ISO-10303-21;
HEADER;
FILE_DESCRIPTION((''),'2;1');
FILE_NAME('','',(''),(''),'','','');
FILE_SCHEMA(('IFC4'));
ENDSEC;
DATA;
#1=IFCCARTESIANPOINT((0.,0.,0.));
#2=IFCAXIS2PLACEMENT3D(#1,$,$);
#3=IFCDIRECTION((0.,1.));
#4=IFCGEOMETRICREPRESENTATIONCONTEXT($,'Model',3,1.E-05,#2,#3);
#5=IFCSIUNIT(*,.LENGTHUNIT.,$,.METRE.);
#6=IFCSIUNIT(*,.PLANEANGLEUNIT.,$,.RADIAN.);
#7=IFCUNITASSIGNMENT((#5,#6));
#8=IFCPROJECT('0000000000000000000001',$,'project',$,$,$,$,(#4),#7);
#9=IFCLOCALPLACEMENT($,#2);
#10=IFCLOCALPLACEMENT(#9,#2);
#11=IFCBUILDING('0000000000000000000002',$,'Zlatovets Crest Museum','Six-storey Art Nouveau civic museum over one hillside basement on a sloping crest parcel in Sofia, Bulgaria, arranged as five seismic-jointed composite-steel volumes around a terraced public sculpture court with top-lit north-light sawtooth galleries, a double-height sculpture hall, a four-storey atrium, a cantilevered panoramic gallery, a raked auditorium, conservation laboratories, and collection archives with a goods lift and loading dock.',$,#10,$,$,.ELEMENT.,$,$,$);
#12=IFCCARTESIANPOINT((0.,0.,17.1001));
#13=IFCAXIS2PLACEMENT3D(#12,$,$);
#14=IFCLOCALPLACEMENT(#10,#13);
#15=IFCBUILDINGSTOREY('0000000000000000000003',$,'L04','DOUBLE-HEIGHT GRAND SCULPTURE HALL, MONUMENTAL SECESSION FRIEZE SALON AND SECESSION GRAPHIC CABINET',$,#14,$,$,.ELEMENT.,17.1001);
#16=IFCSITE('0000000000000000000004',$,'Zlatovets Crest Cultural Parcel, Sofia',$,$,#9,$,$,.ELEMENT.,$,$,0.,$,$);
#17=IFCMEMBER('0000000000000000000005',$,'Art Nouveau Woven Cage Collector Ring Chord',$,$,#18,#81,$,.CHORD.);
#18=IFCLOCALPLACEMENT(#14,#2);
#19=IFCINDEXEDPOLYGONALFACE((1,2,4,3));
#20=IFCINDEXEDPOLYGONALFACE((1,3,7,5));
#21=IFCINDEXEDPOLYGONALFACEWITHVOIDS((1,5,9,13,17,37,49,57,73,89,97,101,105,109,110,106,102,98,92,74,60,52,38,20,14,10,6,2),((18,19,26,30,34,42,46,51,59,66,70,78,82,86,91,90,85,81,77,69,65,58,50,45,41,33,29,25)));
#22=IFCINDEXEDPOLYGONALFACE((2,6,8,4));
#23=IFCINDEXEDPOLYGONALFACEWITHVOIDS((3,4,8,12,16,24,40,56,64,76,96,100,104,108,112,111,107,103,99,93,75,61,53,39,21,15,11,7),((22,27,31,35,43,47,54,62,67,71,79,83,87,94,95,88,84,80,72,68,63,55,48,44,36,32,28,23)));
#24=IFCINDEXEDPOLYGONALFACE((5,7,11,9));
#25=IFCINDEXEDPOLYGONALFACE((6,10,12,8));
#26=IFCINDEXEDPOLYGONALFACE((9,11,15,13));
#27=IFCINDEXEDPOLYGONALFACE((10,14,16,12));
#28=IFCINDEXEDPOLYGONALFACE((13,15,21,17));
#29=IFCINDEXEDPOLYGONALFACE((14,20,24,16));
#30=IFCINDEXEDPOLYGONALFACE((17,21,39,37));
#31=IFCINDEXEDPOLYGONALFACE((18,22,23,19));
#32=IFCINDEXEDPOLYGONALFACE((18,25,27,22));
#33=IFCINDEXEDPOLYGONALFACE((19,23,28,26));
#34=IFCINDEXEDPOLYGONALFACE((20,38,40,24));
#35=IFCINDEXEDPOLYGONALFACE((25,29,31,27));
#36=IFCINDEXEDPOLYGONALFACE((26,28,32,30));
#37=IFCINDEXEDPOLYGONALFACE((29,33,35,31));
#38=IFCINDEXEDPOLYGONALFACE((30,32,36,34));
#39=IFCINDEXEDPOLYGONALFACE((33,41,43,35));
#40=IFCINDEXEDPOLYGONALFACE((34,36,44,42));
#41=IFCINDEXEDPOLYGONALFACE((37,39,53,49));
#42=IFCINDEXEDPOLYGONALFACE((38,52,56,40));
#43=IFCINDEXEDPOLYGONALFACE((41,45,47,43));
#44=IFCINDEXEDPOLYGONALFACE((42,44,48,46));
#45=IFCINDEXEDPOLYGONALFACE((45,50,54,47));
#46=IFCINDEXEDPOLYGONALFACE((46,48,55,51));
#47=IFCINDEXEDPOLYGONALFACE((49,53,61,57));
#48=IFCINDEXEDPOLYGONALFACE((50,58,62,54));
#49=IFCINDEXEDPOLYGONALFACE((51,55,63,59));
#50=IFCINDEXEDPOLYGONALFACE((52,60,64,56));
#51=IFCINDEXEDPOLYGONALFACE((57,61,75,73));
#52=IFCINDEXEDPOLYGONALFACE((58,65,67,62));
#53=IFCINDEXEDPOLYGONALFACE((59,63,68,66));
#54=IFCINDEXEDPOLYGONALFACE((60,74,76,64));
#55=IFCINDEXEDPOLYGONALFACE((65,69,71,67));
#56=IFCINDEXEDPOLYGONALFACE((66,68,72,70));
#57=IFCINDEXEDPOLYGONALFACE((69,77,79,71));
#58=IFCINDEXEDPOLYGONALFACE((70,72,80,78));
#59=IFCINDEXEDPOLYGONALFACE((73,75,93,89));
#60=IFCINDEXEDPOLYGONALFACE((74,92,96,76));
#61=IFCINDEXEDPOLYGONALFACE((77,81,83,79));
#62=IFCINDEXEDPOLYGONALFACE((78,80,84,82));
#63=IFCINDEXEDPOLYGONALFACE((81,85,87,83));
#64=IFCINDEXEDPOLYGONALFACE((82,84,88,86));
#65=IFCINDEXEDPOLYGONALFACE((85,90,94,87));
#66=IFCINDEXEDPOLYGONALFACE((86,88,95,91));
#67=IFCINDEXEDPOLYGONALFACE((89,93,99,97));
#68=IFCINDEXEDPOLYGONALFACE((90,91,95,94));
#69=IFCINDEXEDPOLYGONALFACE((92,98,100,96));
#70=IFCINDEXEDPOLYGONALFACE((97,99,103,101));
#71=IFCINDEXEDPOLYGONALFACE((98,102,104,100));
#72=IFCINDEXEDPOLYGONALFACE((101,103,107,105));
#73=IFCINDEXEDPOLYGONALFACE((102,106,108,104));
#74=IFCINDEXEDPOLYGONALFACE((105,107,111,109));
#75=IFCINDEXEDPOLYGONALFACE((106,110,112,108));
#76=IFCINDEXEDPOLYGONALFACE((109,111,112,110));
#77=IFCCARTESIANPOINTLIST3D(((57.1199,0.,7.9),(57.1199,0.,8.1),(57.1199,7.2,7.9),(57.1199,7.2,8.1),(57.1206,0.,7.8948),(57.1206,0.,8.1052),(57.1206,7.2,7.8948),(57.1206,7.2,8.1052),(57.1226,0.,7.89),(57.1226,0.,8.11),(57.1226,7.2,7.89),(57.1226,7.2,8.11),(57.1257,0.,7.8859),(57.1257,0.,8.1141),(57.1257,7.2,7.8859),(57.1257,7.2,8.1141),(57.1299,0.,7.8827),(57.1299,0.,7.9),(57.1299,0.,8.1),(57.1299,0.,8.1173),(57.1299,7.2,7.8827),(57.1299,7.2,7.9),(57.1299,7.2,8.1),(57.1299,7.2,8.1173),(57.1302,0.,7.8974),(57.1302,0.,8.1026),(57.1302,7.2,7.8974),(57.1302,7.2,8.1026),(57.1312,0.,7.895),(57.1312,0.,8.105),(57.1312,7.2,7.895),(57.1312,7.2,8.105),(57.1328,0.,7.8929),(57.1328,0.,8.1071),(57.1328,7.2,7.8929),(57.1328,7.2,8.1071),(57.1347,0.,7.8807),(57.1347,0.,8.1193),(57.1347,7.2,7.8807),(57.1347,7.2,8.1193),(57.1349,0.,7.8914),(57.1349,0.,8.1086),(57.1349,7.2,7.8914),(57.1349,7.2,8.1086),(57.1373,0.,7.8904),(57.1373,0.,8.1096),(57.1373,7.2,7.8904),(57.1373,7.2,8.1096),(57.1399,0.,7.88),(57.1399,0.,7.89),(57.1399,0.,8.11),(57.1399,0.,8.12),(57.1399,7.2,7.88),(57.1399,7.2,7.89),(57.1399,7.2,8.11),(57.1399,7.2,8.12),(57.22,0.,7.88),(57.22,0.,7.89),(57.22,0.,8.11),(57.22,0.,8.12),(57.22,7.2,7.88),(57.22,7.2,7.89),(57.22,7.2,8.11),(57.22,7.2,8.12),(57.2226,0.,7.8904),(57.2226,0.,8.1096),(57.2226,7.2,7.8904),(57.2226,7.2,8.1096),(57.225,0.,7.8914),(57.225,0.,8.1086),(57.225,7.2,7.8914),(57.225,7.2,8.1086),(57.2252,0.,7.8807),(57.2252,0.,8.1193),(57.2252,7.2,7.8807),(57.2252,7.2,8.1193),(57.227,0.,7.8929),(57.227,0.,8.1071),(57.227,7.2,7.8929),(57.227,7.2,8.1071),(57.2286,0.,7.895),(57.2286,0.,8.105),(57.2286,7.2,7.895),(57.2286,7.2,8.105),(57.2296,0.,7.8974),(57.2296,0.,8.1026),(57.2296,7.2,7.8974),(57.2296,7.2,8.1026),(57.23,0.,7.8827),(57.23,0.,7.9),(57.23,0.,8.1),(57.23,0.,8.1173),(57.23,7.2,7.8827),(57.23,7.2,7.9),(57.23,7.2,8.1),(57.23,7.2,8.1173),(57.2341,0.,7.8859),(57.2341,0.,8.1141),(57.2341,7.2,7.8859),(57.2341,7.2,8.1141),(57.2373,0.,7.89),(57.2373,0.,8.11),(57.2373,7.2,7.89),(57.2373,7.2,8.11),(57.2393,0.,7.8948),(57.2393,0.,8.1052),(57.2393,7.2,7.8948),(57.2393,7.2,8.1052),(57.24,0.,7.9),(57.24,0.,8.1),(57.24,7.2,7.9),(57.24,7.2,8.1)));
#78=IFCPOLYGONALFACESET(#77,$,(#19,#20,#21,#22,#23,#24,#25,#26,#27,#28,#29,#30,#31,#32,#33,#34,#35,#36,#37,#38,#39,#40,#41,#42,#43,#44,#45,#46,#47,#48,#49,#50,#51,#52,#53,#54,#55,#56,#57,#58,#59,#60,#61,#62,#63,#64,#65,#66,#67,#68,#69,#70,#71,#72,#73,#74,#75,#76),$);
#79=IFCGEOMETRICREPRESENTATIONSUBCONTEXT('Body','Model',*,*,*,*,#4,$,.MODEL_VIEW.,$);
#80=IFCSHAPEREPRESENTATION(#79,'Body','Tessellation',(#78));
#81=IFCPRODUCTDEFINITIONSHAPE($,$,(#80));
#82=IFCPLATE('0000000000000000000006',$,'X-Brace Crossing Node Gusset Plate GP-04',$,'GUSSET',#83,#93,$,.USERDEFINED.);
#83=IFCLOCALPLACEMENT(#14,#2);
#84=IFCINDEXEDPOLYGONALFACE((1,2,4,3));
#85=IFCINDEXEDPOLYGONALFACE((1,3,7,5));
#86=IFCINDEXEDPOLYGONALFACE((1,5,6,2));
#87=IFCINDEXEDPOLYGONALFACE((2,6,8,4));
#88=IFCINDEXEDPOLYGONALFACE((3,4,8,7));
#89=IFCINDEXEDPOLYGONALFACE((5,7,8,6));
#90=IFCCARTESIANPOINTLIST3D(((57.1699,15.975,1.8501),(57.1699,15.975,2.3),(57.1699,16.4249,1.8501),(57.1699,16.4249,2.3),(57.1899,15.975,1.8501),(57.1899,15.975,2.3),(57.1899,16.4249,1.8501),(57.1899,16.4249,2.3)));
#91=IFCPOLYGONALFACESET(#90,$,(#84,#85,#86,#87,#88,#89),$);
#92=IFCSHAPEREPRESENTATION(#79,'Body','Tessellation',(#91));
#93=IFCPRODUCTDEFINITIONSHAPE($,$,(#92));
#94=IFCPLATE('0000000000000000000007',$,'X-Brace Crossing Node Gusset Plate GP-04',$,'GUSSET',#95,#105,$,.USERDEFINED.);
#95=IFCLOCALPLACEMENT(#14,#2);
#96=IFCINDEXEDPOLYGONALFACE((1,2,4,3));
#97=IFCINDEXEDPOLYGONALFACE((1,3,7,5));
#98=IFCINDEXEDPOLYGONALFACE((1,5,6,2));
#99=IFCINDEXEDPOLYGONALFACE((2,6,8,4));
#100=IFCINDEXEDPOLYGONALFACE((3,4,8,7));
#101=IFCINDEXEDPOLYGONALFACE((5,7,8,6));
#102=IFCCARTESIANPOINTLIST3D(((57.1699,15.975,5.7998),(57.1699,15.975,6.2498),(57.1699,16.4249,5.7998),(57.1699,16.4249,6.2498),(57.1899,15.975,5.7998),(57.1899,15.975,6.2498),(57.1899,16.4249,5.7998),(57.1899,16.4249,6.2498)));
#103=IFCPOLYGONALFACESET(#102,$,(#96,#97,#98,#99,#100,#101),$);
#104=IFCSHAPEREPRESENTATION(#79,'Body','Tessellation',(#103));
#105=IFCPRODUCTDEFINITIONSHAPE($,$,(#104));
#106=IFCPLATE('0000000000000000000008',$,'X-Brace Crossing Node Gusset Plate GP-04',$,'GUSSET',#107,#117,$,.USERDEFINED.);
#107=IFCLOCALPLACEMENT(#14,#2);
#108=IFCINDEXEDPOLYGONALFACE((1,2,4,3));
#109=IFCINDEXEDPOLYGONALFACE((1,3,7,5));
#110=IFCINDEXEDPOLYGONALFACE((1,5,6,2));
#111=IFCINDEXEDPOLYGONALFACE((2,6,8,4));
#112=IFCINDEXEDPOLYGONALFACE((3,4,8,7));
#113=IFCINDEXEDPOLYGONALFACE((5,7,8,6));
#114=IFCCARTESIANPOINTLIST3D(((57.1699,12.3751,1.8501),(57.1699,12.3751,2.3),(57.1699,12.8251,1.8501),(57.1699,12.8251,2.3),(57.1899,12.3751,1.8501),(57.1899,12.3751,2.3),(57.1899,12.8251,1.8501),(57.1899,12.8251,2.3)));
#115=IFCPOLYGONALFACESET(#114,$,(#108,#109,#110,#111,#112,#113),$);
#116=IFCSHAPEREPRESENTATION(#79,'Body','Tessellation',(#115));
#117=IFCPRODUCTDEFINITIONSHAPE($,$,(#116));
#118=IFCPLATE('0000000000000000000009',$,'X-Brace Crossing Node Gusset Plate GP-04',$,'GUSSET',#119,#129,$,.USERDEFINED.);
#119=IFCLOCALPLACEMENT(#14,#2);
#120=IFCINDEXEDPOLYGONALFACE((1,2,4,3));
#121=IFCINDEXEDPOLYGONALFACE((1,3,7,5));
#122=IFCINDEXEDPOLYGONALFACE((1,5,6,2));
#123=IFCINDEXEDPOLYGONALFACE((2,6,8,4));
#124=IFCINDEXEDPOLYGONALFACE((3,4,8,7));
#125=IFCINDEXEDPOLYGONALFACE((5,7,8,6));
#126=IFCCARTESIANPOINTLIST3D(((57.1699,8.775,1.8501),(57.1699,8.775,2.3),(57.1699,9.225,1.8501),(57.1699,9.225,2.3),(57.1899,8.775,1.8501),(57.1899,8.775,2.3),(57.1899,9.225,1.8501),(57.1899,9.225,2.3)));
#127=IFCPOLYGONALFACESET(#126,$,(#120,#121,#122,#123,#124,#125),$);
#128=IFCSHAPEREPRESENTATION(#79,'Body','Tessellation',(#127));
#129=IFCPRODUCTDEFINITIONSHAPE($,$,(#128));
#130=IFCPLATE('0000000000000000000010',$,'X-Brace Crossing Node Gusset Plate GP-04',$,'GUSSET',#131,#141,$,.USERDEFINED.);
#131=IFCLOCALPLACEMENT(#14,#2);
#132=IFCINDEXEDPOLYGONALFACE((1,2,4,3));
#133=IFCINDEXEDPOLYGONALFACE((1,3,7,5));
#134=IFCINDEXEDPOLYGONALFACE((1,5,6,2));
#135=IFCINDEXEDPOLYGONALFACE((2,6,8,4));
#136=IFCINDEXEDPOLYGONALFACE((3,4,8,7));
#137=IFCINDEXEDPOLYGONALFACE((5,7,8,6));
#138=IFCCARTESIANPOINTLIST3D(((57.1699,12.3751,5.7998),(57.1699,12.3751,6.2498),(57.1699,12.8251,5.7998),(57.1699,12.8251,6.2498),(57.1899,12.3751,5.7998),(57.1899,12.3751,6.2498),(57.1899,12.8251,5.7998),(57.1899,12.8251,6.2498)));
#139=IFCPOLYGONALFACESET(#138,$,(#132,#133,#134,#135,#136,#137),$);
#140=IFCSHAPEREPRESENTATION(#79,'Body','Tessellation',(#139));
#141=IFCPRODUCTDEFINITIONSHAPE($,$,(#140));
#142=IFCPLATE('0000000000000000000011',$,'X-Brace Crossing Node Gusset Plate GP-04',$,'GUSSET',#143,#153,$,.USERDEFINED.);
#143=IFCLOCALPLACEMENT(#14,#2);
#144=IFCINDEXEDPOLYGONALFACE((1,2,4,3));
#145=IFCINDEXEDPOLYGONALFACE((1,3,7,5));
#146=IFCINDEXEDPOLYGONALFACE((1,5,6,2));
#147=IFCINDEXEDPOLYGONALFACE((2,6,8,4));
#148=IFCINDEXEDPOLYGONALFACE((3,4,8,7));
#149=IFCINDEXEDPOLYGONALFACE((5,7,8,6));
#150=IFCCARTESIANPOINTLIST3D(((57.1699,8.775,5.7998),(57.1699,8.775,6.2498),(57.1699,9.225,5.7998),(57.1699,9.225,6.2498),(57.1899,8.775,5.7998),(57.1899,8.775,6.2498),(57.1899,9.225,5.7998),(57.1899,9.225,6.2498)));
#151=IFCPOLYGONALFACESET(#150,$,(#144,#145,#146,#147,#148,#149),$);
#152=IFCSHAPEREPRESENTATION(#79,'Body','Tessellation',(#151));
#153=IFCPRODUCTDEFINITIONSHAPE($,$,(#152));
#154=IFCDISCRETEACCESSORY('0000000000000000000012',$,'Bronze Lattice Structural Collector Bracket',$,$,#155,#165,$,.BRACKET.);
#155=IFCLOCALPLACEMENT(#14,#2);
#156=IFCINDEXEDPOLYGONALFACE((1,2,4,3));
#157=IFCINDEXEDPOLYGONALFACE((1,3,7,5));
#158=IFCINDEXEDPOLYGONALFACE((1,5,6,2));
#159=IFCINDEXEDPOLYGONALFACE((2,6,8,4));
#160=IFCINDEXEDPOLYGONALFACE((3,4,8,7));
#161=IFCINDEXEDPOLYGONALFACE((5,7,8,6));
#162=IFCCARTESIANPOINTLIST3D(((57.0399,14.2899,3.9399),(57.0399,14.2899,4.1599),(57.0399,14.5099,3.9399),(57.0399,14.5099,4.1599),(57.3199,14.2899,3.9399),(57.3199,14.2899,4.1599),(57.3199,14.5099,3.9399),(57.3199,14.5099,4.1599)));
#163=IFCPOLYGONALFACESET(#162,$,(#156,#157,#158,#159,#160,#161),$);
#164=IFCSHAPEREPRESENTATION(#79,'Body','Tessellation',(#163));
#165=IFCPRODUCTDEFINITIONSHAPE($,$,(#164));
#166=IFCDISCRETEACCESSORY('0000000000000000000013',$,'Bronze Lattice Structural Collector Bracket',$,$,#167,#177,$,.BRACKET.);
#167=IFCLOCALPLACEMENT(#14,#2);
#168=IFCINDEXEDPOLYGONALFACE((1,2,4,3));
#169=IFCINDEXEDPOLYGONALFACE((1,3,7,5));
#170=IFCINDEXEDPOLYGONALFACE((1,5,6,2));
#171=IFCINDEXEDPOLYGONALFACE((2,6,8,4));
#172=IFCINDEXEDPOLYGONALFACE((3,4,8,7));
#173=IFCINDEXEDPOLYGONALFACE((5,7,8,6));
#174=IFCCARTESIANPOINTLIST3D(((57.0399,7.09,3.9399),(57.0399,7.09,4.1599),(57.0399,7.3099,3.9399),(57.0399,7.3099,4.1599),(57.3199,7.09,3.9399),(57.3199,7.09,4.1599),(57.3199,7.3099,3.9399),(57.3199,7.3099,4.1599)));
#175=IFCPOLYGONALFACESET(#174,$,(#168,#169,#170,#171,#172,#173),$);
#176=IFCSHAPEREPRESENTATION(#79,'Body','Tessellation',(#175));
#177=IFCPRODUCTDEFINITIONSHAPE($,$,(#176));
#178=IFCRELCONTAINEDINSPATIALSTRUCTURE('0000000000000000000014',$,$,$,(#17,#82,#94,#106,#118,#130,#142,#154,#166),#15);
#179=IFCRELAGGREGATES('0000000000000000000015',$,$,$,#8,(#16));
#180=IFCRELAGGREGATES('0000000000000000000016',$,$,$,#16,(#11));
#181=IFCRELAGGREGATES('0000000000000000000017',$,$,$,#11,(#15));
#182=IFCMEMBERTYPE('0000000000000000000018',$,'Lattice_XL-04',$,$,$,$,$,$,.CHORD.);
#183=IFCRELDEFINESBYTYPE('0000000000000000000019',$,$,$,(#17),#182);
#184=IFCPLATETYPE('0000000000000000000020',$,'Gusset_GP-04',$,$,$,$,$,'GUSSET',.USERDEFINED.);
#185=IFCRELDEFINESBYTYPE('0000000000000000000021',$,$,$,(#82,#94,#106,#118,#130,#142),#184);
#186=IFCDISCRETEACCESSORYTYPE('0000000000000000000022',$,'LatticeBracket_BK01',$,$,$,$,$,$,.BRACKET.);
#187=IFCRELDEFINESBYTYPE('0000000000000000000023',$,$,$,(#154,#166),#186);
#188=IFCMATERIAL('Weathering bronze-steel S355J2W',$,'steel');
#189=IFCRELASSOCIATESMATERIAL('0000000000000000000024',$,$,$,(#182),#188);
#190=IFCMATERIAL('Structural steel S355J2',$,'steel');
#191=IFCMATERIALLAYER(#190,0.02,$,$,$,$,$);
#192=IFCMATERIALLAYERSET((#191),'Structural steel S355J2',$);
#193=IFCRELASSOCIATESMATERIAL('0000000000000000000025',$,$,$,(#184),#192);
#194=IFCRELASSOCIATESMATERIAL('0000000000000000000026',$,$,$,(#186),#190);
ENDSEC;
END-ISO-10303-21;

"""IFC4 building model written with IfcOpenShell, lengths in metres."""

from ifc_helpers import new_model, si_unit, direction, frame, origin, origin_2d, place, context, subcontext, project, spatial, rectangle, hollow_rectangle, extrude, material, layer, layer_set, material_profile, profile_set, type_object, element, save


model = new_model("IFC4")

# Units and contexts
model_context = context("Model", 3, precision=1e-05, world=origin(), true_north=direction((0.0, 1.0)))
body_context = subcontext(model_context, "Body", "Model", "MODEL_VIEW")
ifc_project = project(units=[si_unit("LENGTHUNIT", "METRE"), si_unit("PLANEANGLEUNIT", "RADIAN")], contexts=[model_context])

# Site, building, storey
site_placement = place(None, origin())
site = spatial("IfcSite", under=ifc_project, at=site_placement, Name="Zlatovets Crest Cultural Parcel, Sofia", CompositionType="ELEMENT", RefElevation=0.0)
building_placement = place(site_placement, origin())
building = spatial("IfcBuilding", under=site, at=building_placement, Name="Zlatovets Crest Museum", Description="Six-storey Art Nouveau civic museum over one hillside basement on a sloping crest parcel in Sofia, Bulgaria, arranged as five seismic-jointed composite-steel volumes around a terraced public sculpture court with top-lit north-light sawtooth galleries, a double-height sculpture hall, a four-storey atrium, a cantilevered panoramic gallery, a raked auditorium, conservation laboratories, and collection archives with a goods lift and loading dock.", CompositionType="ELEMENT")
storey_placement = place(building_placement, frame((0.0, 0.0, 17.1001)))
storey = spatial("IfcBuildingStorey", under=building, at=storey_placement, Name="L04", Description="DOUBLE-HEIGHT GRAND SCULPTURE HALL, MONUMENTAL SECESSION FRIEZE SALON AND SECESSION GRAPHIC CABINET", CompositionType="ELEMENT", Elevation=17.1001)

# Member
ifc_material_1 = material(Name="Weathering bronze-steel S355J2W", Category="steel")
ifc_material_profile_1 = material_profile(ifc_material_1, hollow_rectangle(XDim=0.1201, YDim=0.24, WallThickness=0.01, InnerFilletRadius=0.01, OuterFilletRadius=0.02, at=origin_2d()), Name="RHS 120x240x10.0")
ifc_profile_set_1 = profile_set([ifc_material_profile_1], Name="Weathering bronze-steel S355J2W")
member_type_1 = type_object("IfcMemberType", Name="Lattice_XL-04", PredefinedType="CHORD", material=ifc_profile_set_1)
for number, where, z_axis, x_axis, name in (
    (1, (57.1799, 7.2, 8.0), (0.0, -1.0, 0.0), (1.0, 0.0, 0.0), "Art Nouveau Woven Cage Collector Ring Chord"),
):
    element("IfcMember", number, at=place(storey_placement, frame(where, z_axis=z_axis, x_axis=x_axis)), inside=storey, type_object=member_type_1, Name=name, PredefinedType="CHORD", context=body_context, shape_type="SweptSolid", body=[
        extrude(hollow_rectangle(XDim=0.1201, YDim=0.24, WallThickness=0.01, InnerFilletRadius=0.01, OuterFilletRadius=0.02, at=origin_2d()), origin(), (0.0, 0.0, 1.0), 7.2),
    ])

# Plates
ifc_material_2 = material(Name="Structural steel S355J2", Category="steel")
ifc_layer = layer(ifc_material_2, 0.02)
ifc_layer_set = layer_set([ifc_layer], Name="Structural steel S355J2")
plate_type = type_object("IfcPlateType", Name="Gusset_GP-04", ElementType="GUSSET", PredefinedType="USERDEFINED", material=ifc_layer_set)
for number, where, z_axis, x_axis, name in (
    (2, (57.1799, 16.2, 1.8501), (0.0, 0.0, 1.0), (1.0, 0.0, 0.0), "X-Brace Crossing Node Gusset Plate GP-04"),
    (3, (57.1799, 16.2, 5.7998), (0.0, 0.0, 1.0), (1.0, 0.0, 0.0), "X-Brace Crossing Node Gusset Plate GP-04"),
    (4, (57.1799, 12.6001, 1.8501), (0.0, 0.0, 1.0), (1.0, 0.0, 0.0), "X-Brace Crossing Node Gusset Plate GP-04"),
    (5, (57.1799, 9.0, 1.8501), (0.0, 0.0, 1.0), (1.0, 0.0, 0.0), "X-Brace Crossing Node Gusset Plate GP-04"),
    (6, (57.1799, 12.6001, 5.7998), (0.0, 0.0, 1.0), (1.0, 0.0, 0.0), "X-Brace Crossing Node Gusset Plate GP-04"),
    (7, (57.1799, 9.0, 5.7998), (0.0, 0.0, 1.0), (1.0, 0.0, 0.0), "X-Brace Crossing Node Gusset Plate GP-04"),
):
    element("IfcPlate", number, at=place(storey_placement, frame(where, z_axis=z_axis, x_axis=x_axis)), inside=storey, type_object=plate_type, Name=name, ObjectType="GUSSET", PredefinedType="USERDEFINED", context=body_context, shape_type="SweptSolid", body=[
        extrude(rectangle(XDim=0.02, YDim=0.45, at=origin_2d()), origin(), (0.0, 0.0, 1.0), 0.45),
    ])

# Discrete accessories
discrete_accessory_type = type_object("IfcDiscreteAccessoryType", Name="LatticeBracket_BK01", PredefinedType="BRACKET", material=ifc_material_2)
for number, where, z_axis, x_axis, name in (
    (8, (57.1799, 14.3999, 3.9399), (0.0, 0.0, 1.0), (1.0, 0.0, 0.0), "Bronze Lattice Structural Collector Bracket"),
    (9, (57.1799, 7.2, 3.9399), (0.0, 0.0, 1.0), (1.0, 0.0, 0.0), "Bronze Lattice Structural Collector Bracket"),
):
    element("IfcDiscreteAccessory", number, at=place(storey_placement, frame(where, z_axis=z_axis, x_axis=x_axis)), inside=storey, type_object=discrete_accessory_type, Name=name, PredefinedType="BRACKET", context=body_context, shape_type="SweptSolid", body=[
        extrude(rectangle(XDim=0.28, YDim=0.22, at=origin_2d()), origin(), (0.0, 0.0, 1.0), 0.22),
    ])

save(model, "model.ifc")
